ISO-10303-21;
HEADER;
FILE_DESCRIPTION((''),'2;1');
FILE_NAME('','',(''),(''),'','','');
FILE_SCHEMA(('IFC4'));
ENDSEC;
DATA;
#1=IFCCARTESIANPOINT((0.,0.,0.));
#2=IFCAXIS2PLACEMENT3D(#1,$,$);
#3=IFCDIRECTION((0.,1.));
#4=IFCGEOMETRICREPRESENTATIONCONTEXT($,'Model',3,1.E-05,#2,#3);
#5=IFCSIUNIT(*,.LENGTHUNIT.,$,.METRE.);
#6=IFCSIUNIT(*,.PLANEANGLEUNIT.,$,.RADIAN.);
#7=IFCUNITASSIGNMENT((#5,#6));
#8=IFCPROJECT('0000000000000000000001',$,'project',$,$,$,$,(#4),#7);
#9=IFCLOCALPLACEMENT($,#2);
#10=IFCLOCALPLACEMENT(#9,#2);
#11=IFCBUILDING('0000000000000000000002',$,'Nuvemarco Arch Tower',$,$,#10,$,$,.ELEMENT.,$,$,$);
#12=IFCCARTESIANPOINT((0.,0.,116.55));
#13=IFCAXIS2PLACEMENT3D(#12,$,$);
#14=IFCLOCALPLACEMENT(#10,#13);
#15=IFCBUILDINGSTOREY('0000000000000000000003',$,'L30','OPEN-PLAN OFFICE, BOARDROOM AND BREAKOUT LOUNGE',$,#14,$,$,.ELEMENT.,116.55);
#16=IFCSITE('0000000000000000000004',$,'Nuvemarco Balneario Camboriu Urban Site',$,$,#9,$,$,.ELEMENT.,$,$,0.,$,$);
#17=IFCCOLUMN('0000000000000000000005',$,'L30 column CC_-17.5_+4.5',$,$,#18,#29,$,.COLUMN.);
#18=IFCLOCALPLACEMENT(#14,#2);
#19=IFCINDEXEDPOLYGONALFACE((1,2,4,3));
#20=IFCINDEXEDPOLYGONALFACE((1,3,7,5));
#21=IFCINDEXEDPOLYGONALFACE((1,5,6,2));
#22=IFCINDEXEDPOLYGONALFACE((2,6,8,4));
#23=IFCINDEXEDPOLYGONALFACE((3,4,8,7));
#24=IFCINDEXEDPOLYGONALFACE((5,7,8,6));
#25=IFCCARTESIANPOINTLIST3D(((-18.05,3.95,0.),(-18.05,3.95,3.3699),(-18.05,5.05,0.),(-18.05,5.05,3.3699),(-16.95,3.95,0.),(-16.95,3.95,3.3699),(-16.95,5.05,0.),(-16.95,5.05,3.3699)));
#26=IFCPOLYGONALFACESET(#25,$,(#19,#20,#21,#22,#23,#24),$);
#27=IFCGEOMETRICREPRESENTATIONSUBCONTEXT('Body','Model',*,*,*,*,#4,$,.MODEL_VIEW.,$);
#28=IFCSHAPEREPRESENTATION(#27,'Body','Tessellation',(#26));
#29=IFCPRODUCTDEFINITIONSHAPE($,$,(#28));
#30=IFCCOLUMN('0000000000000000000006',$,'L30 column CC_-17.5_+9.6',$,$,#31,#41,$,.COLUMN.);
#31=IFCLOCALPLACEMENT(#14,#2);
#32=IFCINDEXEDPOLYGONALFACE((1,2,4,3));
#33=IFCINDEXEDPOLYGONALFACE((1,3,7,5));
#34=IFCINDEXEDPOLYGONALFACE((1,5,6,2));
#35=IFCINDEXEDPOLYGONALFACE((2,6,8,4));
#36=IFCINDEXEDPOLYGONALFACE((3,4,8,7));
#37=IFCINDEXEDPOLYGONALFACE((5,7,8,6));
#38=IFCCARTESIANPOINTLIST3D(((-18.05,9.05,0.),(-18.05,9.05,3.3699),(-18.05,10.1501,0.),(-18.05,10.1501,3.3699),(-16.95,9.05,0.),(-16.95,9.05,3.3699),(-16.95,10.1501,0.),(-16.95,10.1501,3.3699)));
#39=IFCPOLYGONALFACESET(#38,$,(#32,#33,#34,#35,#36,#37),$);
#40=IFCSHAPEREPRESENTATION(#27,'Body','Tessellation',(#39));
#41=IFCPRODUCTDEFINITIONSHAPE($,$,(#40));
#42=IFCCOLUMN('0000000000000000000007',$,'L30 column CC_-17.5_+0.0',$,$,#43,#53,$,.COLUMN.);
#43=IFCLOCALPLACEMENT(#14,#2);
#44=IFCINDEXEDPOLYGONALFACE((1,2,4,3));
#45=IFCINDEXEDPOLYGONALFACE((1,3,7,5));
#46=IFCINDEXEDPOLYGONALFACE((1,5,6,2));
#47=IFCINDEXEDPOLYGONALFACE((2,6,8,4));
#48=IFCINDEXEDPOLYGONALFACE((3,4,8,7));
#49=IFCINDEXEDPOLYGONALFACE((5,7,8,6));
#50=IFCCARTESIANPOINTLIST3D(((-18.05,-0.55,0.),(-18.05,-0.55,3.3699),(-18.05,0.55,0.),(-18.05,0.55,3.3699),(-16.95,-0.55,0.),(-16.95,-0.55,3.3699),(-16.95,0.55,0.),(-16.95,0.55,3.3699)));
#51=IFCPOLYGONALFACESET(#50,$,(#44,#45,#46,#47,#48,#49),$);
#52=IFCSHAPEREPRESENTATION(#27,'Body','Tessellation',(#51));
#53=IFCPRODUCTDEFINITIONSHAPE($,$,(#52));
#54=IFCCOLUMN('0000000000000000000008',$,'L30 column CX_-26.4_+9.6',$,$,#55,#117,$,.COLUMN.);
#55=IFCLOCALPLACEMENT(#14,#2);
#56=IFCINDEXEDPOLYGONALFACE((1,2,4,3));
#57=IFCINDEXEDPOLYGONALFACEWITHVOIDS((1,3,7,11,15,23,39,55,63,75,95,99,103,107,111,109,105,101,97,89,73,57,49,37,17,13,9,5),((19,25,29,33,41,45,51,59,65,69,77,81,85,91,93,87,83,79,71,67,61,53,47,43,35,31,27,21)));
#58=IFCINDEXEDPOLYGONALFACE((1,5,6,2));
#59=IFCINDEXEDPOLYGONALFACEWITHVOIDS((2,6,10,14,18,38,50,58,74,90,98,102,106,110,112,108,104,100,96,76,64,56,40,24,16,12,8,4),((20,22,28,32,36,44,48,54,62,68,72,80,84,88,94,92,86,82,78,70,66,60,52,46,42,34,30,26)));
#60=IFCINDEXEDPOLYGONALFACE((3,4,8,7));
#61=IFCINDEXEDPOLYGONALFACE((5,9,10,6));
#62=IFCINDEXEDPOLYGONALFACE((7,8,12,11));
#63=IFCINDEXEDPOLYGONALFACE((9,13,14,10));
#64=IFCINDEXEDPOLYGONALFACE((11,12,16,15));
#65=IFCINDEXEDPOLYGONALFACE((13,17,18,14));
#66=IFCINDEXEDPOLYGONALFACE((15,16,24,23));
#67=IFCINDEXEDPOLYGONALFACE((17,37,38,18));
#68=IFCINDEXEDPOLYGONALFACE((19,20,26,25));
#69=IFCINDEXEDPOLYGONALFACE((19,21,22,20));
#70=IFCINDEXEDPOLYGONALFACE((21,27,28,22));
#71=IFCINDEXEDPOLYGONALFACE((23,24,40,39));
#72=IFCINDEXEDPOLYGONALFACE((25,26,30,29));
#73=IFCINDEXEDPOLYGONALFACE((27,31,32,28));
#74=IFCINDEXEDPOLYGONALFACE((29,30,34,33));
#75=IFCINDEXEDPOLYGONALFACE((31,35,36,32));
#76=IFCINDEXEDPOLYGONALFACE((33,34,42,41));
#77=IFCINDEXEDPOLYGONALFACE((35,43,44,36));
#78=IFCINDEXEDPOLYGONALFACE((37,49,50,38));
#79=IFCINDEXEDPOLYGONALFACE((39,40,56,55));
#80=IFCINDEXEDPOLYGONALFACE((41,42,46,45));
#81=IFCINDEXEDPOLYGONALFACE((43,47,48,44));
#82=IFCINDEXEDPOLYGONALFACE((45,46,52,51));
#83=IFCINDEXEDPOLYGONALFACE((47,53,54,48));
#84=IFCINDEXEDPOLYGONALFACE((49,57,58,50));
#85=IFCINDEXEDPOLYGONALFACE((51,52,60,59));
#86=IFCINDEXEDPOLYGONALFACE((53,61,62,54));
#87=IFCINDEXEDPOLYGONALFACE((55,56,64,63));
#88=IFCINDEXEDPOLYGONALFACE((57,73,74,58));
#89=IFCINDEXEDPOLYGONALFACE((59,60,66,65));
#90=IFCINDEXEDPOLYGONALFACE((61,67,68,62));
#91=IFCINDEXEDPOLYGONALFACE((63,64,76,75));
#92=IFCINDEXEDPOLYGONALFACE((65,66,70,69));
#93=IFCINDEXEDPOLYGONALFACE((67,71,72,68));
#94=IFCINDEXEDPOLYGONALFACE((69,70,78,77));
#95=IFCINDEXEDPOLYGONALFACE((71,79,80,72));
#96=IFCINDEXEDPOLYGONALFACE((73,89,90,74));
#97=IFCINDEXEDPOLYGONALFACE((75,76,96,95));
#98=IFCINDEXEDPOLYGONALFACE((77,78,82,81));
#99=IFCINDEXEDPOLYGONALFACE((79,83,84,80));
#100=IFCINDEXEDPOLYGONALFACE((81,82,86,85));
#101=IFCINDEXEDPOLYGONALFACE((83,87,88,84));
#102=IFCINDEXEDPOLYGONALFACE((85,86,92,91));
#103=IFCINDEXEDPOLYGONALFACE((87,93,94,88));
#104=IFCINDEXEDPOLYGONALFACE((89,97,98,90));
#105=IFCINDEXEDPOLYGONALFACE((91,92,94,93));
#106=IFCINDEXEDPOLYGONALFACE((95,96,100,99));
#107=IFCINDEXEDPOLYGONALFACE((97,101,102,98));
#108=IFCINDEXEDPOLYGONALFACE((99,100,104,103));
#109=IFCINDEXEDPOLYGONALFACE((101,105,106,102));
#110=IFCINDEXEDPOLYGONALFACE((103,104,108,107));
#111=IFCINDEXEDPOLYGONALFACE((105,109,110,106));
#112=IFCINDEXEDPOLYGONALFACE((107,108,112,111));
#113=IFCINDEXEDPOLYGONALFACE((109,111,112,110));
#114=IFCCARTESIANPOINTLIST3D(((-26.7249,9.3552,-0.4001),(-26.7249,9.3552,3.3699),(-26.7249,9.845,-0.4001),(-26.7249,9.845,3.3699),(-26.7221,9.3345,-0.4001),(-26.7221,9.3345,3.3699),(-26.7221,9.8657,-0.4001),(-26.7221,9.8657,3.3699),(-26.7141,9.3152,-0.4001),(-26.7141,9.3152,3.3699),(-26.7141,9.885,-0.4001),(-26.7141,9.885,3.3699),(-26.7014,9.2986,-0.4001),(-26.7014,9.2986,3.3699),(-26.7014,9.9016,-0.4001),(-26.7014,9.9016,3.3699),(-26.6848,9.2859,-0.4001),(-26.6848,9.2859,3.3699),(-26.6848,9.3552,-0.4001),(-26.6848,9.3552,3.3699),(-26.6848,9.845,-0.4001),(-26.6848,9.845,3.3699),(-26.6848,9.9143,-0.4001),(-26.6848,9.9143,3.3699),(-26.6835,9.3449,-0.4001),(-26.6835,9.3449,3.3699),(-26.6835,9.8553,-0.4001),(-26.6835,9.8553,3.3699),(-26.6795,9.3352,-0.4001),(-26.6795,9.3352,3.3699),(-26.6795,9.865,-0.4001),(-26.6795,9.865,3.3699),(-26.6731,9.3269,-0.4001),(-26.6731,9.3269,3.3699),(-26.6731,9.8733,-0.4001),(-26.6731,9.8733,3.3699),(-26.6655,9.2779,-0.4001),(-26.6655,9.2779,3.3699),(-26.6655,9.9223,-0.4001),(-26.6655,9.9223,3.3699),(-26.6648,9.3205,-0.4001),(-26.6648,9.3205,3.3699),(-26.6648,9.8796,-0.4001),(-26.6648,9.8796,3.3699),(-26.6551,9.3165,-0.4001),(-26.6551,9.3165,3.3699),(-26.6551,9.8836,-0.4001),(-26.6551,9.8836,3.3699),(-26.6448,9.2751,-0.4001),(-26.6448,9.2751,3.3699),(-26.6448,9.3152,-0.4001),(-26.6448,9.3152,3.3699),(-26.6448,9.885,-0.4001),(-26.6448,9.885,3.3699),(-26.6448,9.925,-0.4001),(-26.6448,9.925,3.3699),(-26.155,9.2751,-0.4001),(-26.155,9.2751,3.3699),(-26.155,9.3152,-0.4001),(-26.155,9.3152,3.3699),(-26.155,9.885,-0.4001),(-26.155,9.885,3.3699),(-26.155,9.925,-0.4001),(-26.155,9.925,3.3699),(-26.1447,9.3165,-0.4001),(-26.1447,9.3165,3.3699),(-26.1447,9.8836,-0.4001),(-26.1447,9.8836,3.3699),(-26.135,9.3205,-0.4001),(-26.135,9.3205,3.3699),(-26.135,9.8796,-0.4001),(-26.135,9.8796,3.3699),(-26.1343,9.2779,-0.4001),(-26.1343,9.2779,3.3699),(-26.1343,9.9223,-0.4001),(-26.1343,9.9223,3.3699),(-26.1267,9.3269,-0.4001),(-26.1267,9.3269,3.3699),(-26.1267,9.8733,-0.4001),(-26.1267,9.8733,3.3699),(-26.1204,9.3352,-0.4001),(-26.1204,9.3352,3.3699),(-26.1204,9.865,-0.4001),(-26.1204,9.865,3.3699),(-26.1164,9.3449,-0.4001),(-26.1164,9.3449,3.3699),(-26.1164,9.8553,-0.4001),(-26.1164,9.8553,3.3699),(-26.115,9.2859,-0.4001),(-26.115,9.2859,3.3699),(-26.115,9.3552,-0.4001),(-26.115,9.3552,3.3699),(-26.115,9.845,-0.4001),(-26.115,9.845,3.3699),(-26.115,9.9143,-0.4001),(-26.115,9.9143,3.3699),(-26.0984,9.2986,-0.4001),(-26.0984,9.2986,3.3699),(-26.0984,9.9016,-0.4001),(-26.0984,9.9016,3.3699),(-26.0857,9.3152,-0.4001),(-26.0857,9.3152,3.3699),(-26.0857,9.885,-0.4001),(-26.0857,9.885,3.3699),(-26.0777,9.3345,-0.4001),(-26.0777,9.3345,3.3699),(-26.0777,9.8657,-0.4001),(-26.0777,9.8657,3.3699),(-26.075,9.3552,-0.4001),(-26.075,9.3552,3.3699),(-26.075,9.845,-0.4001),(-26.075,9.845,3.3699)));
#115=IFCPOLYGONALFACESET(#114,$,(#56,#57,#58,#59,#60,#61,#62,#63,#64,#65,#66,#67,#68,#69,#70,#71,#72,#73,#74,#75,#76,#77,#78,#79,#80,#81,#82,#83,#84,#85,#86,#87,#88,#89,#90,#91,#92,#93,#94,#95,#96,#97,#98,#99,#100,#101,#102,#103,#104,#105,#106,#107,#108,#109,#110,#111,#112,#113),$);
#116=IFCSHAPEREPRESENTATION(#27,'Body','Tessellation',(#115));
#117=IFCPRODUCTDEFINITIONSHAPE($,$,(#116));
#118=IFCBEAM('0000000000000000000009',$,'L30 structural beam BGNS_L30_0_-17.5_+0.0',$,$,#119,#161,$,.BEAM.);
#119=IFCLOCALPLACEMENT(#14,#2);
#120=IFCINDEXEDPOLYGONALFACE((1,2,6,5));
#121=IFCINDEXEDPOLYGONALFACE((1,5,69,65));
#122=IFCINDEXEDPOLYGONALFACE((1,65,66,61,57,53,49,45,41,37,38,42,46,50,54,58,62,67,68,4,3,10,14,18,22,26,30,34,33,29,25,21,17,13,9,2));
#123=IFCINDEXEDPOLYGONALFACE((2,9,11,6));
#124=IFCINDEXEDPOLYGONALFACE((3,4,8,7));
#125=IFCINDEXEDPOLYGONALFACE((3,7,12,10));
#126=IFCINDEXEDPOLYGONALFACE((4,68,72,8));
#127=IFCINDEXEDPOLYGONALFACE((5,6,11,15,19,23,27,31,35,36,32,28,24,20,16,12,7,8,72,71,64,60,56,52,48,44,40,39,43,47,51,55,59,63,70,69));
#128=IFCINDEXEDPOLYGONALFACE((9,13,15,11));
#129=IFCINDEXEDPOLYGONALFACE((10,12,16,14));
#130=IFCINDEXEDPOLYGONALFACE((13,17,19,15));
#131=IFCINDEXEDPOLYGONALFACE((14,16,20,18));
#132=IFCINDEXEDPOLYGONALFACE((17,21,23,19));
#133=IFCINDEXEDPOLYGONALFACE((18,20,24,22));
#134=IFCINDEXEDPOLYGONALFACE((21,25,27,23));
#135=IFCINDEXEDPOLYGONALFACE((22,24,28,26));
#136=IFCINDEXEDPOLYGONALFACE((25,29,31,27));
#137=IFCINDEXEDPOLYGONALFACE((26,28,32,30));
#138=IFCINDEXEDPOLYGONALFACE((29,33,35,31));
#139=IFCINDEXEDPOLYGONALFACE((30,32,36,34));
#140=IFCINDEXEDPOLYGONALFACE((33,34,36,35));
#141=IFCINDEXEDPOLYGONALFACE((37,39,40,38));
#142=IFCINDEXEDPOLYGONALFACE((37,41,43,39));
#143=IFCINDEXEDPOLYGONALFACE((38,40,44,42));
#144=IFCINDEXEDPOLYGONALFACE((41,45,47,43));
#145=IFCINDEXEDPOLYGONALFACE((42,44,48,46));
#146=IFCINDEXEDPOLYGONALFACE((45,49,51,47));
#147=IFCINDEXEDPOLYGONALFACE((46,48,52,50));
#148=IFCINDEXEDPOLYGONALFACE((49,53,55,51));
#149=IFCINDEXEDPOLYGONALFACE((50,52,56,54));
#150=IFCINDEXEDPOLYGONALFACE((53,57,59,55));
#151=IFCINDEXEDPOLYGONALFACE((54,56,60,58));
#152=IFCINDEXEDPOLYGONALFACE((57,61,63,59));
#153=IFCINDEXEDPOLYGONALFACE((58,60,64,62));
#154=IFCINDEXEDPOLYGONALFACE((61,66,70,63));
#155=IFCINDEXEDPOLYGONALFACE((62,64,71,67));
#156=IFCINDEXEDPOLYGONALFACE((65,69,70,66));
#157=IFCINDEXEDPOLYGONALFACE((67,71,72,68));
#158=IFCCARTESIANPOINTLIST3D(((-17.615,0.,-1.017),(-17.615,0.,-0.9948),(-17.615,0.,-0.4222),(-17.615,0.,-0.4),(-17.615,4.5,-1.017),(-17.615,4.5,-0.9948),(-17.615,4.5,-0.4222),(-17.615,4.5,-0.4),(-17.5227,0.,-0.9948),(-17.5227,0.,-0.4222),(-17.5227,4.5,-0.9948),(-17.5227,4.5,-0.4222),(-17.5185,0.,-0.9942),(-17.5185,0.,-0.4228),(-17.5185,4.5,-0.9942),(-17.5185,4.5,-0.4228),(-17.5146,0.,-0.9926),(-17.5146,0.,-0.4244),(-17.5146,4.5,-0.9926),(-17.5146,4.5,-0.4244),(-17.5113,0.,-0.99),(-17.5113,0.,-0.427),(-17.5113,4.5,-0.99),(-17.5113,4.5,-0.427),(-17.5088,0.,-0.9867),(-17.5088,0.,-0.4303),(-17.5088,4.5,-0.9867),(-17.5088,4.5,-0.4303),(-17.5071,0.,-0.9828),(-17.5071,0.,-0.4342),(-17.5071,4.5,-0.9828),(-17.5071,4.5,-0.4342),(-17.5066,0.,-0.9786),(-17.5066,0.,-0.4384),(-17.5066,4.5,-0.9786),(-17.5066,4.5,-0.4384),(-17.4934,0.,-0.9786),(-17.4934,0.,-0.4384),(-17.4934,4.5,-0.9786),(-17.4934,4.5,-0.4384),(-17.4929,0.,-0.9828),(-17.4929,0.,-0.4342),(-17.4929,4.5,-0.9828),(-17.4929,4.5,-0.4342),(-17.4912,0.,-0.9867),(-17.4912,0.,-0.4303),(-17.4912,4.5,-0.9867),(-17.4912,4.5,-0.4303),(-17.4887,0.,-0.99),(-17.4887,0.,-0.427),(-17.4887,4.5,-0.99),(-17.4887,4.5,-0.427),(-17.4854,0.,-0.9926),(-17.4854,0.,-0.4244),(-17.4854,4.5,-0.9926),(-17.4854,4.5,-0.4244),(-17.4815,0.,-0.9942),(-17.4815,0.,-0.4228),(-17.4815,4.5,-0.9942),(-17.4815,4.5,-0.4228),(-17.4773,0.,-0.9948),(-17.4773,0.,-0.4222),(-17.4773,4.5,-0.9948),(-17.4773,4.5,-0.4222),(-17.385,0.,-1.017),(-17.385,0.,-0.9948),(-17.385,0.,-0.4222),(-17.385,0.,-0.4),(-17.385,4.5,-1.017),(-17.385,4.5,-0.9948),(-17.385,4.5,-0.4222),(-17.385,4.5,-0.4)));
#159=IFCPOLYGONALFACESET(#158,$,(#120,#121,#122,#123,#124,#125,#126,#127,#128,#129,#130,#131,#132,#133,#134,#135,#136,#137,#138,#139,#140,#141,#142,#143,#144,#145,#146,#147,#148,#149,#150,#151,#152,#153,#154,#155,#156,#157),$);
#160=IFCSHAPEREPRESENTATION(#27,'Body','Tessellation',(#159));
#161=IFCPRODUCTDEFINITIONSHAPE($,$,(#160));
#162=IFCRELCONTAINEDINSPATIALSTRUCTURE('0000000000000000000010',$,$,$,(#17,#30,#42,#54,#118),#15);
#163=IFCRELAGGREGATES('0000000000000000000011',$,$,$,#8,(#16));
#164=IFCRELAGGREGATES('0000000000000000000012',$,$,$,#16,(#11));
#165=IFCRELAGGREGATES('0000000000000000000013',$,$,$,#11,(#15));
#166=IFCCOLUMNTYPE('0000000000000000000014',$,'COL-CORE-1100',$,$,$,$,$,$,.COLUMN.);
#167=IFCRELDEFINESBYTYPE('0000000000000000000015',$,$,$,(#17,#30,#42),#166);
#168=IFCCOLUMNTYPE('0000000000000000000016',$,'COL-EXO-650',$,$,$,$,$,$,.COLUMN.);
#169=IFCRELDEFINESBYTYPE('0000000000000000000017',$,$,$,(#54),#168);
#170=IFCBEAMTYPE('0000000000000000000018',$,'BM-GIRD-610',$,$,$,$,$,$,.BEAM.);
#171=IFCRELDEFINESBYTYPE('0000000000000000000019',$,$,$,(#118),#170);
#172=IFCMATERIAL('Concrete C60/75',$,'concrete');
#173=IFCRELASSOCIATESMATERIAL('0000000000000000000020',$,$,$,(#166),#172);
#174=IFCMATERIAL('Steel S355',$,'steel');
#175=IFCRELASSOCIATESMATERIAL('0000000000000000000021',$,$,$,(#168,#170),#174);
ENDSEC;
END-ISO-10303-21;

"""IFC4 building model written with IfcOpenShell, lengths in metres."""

from ifc_helpers import new_model, si_unit, direction, frame, origin, origin_2d, place, context, subcontext, project, spatial, rectangle, hollow_rectangle, i_section, extrude, material, material_profile, profile_set, type_object, element, save


model = new_model("IFC4")

# Units and contexts
model_context = context("Model", 3, precision=1e-05, world=origin(), true_north=direction((0.0, 1.0)))
body_context = subcontext(model_context, "Body", "Model", "MODEL_VIEW")
ifc_project = project(units=[si_unit("LENGTHUNIT", "METRE"), si_unit("PLANEANGLEUNIT", "RADIAN")], contexts=[model_context])

# Site, building, storey
site_placement = place(None, origin())
site = spatial("IfcSite", under=ifc_project, at=site_placement, Name="Nuvemarco Balneario Camboriu Urban Site", CompositionType="ELEMENT", RefElevation=0.0)
building_placement = place(site_placement, origin())
building = spatial("IfcBuilding", under=site, at=building_placement, Name="Nuvemarco Arch Tower", CompositionType="ELEMENT")
storey_placement = place(building_placement, frame((0.0, 0.0, 116.55)))
storey = spatial("IfcBuildingStorey", under=building, at=storey_placement, Name="L30", Description="OPEN-PLAN OFFICE, BOARDROOM AND BREAKOUT LOUNGE", CompositionType="ELEMENT", Elevation=116.55)

# Columns
ifc_material_1 = material(Name="Concrete C60/75", Category="concrete")
ifc_material_profile_1 = material_profile(ifc_material_1, rectangle(XDim=1.1001, YDim=1.1001, at=origin_2d()), Name="RC-COL-1100x1100")
ifc_profile_set_1 = profile_set([ifc_material_profile_1], Name="Concrete C60/75")
column_type_1 = type_object("IfcColumnType", Name="COL-CORE-1100", PredefinedType="COLUMN", material=ifc_profile_set_1)
for number, where, z_axis, x_axis, name in (
    (1, (-17.5, 4.5, 0.0), (0.0, 0.0, 1.0), (1.0, 0.0, 0.0), "L30 column CC_-17.5_+4.5"),
    (2, (-17.5, 9.6001, 0.0), (0.0, 0.0, 1.0), (1.0, 0.0, 0.0), "L30 column CC_-17.5_+9.6"),
    (3, (-17.5, 0.0, 0.0), (0.0, 0.0, 1.0), (1.0, 0.0, 0.0), "L30 column CC_-17.5_+0.0"),
):
    element("IfcColumn", number, at=place(storey_placement, frame(where, z_axis=z_axis, x_axis=x_axis)), inside=storey, type_object=column_type_1, Name=name, PredefinedType="COLUMN", context=body_context, shape_type="SweptSolid", body=[
        extrude(rectangle(XDim=1.1001, YDim=1.1001, at=origin_2d()), origin(), (0.0, 0.0, 1.0), 3.3699),
    ])
ifc_material_2 = material(Name="Steel S355", Category="steel")
ifc_material_profile_2 = material_profile(ifc_material_2, hollow_rectangle(XDim=0.6499, YDim=0.6499, WallThickness=0.04, InnerFilletRadius=0.04, OuterFilletRadius=0.0801, at=origin_2d()), Name="SHS650x650x40")
ifc_profile_set_2 = profile_set([ifc_material_profile_2], Name="Steel S355")
column_type_2 = type_object("IfcColumnType", Name="COL-EXO-650", PredefinedType="COLUMN", material=ifc_profile_set_2)
column_placement = place(storey_placement, frame((-26.3999, 9.6001, -0.4001), z_axis=(0.0, 0.0, 1.0), x_axis=(1.0, 0.0, 0.0)))
element("IfcColumn", 4, at=column_placement, inside=storey, type_object=column_type_2, Name="L30 column CX_-26.4_+9.6", PredefinedType="COLUMN", context=body_context, shape_type="SweptSolid", body=[
    extrude(hollow_rectangle(XDim=0.6499, YDim=0.6499, WallThickness=0.04, InnerFilletRadius=0.04, OuterFilletRadius=0.0801, at=origin_2d()), origin(), (0.0, 0.0, 1.0), 3.77),
])

# Beam
ifc_material_profile_3 = material_profile(ifc_material_2, i_section(OverallWidth=0.23, OverallDepth=0.6169, WebThickness=0.0132, FlangeThickness=0.0222, FilletRadius=0.0161, at=origin_2d()), Name="W610x140")
ifc_profile_set_3 = profile_set([ifc_material_profile_3], Name="Steel S355")
beam_type_1 = type_object("IfcBeamType", Name="BM-GIRD-610", PredefinedType="BEAM", material=ifc_profile_set_3)
beam_1_placement = place(storey_placement, frame((-17.5, 0.0, -0.7085), z_axis=(0.0, 1.0, 0.0), x_axis=(-1.0, 0.0, 0.0)))
element("IfcBeam", 5, at=beam_1_placement, inside=storey, type_object=beam_type_1, Name="L30 structural beam BGNS_L30_0_-17.5_+0.0", PredefinedType="BEAM", context=body_context, shape_type="SweptSolid", body=[
    extrude(i_section(OverallWidth=0.23, OverallDepth=0.6169, WebThickness=0.0132, FlangeThickness=0.0222, FilletRadius=0.0161, at=origin_2d()), origin(), (0.0, 0.0, 1.0), 4.5),
])

save(model, "model.ifc")
